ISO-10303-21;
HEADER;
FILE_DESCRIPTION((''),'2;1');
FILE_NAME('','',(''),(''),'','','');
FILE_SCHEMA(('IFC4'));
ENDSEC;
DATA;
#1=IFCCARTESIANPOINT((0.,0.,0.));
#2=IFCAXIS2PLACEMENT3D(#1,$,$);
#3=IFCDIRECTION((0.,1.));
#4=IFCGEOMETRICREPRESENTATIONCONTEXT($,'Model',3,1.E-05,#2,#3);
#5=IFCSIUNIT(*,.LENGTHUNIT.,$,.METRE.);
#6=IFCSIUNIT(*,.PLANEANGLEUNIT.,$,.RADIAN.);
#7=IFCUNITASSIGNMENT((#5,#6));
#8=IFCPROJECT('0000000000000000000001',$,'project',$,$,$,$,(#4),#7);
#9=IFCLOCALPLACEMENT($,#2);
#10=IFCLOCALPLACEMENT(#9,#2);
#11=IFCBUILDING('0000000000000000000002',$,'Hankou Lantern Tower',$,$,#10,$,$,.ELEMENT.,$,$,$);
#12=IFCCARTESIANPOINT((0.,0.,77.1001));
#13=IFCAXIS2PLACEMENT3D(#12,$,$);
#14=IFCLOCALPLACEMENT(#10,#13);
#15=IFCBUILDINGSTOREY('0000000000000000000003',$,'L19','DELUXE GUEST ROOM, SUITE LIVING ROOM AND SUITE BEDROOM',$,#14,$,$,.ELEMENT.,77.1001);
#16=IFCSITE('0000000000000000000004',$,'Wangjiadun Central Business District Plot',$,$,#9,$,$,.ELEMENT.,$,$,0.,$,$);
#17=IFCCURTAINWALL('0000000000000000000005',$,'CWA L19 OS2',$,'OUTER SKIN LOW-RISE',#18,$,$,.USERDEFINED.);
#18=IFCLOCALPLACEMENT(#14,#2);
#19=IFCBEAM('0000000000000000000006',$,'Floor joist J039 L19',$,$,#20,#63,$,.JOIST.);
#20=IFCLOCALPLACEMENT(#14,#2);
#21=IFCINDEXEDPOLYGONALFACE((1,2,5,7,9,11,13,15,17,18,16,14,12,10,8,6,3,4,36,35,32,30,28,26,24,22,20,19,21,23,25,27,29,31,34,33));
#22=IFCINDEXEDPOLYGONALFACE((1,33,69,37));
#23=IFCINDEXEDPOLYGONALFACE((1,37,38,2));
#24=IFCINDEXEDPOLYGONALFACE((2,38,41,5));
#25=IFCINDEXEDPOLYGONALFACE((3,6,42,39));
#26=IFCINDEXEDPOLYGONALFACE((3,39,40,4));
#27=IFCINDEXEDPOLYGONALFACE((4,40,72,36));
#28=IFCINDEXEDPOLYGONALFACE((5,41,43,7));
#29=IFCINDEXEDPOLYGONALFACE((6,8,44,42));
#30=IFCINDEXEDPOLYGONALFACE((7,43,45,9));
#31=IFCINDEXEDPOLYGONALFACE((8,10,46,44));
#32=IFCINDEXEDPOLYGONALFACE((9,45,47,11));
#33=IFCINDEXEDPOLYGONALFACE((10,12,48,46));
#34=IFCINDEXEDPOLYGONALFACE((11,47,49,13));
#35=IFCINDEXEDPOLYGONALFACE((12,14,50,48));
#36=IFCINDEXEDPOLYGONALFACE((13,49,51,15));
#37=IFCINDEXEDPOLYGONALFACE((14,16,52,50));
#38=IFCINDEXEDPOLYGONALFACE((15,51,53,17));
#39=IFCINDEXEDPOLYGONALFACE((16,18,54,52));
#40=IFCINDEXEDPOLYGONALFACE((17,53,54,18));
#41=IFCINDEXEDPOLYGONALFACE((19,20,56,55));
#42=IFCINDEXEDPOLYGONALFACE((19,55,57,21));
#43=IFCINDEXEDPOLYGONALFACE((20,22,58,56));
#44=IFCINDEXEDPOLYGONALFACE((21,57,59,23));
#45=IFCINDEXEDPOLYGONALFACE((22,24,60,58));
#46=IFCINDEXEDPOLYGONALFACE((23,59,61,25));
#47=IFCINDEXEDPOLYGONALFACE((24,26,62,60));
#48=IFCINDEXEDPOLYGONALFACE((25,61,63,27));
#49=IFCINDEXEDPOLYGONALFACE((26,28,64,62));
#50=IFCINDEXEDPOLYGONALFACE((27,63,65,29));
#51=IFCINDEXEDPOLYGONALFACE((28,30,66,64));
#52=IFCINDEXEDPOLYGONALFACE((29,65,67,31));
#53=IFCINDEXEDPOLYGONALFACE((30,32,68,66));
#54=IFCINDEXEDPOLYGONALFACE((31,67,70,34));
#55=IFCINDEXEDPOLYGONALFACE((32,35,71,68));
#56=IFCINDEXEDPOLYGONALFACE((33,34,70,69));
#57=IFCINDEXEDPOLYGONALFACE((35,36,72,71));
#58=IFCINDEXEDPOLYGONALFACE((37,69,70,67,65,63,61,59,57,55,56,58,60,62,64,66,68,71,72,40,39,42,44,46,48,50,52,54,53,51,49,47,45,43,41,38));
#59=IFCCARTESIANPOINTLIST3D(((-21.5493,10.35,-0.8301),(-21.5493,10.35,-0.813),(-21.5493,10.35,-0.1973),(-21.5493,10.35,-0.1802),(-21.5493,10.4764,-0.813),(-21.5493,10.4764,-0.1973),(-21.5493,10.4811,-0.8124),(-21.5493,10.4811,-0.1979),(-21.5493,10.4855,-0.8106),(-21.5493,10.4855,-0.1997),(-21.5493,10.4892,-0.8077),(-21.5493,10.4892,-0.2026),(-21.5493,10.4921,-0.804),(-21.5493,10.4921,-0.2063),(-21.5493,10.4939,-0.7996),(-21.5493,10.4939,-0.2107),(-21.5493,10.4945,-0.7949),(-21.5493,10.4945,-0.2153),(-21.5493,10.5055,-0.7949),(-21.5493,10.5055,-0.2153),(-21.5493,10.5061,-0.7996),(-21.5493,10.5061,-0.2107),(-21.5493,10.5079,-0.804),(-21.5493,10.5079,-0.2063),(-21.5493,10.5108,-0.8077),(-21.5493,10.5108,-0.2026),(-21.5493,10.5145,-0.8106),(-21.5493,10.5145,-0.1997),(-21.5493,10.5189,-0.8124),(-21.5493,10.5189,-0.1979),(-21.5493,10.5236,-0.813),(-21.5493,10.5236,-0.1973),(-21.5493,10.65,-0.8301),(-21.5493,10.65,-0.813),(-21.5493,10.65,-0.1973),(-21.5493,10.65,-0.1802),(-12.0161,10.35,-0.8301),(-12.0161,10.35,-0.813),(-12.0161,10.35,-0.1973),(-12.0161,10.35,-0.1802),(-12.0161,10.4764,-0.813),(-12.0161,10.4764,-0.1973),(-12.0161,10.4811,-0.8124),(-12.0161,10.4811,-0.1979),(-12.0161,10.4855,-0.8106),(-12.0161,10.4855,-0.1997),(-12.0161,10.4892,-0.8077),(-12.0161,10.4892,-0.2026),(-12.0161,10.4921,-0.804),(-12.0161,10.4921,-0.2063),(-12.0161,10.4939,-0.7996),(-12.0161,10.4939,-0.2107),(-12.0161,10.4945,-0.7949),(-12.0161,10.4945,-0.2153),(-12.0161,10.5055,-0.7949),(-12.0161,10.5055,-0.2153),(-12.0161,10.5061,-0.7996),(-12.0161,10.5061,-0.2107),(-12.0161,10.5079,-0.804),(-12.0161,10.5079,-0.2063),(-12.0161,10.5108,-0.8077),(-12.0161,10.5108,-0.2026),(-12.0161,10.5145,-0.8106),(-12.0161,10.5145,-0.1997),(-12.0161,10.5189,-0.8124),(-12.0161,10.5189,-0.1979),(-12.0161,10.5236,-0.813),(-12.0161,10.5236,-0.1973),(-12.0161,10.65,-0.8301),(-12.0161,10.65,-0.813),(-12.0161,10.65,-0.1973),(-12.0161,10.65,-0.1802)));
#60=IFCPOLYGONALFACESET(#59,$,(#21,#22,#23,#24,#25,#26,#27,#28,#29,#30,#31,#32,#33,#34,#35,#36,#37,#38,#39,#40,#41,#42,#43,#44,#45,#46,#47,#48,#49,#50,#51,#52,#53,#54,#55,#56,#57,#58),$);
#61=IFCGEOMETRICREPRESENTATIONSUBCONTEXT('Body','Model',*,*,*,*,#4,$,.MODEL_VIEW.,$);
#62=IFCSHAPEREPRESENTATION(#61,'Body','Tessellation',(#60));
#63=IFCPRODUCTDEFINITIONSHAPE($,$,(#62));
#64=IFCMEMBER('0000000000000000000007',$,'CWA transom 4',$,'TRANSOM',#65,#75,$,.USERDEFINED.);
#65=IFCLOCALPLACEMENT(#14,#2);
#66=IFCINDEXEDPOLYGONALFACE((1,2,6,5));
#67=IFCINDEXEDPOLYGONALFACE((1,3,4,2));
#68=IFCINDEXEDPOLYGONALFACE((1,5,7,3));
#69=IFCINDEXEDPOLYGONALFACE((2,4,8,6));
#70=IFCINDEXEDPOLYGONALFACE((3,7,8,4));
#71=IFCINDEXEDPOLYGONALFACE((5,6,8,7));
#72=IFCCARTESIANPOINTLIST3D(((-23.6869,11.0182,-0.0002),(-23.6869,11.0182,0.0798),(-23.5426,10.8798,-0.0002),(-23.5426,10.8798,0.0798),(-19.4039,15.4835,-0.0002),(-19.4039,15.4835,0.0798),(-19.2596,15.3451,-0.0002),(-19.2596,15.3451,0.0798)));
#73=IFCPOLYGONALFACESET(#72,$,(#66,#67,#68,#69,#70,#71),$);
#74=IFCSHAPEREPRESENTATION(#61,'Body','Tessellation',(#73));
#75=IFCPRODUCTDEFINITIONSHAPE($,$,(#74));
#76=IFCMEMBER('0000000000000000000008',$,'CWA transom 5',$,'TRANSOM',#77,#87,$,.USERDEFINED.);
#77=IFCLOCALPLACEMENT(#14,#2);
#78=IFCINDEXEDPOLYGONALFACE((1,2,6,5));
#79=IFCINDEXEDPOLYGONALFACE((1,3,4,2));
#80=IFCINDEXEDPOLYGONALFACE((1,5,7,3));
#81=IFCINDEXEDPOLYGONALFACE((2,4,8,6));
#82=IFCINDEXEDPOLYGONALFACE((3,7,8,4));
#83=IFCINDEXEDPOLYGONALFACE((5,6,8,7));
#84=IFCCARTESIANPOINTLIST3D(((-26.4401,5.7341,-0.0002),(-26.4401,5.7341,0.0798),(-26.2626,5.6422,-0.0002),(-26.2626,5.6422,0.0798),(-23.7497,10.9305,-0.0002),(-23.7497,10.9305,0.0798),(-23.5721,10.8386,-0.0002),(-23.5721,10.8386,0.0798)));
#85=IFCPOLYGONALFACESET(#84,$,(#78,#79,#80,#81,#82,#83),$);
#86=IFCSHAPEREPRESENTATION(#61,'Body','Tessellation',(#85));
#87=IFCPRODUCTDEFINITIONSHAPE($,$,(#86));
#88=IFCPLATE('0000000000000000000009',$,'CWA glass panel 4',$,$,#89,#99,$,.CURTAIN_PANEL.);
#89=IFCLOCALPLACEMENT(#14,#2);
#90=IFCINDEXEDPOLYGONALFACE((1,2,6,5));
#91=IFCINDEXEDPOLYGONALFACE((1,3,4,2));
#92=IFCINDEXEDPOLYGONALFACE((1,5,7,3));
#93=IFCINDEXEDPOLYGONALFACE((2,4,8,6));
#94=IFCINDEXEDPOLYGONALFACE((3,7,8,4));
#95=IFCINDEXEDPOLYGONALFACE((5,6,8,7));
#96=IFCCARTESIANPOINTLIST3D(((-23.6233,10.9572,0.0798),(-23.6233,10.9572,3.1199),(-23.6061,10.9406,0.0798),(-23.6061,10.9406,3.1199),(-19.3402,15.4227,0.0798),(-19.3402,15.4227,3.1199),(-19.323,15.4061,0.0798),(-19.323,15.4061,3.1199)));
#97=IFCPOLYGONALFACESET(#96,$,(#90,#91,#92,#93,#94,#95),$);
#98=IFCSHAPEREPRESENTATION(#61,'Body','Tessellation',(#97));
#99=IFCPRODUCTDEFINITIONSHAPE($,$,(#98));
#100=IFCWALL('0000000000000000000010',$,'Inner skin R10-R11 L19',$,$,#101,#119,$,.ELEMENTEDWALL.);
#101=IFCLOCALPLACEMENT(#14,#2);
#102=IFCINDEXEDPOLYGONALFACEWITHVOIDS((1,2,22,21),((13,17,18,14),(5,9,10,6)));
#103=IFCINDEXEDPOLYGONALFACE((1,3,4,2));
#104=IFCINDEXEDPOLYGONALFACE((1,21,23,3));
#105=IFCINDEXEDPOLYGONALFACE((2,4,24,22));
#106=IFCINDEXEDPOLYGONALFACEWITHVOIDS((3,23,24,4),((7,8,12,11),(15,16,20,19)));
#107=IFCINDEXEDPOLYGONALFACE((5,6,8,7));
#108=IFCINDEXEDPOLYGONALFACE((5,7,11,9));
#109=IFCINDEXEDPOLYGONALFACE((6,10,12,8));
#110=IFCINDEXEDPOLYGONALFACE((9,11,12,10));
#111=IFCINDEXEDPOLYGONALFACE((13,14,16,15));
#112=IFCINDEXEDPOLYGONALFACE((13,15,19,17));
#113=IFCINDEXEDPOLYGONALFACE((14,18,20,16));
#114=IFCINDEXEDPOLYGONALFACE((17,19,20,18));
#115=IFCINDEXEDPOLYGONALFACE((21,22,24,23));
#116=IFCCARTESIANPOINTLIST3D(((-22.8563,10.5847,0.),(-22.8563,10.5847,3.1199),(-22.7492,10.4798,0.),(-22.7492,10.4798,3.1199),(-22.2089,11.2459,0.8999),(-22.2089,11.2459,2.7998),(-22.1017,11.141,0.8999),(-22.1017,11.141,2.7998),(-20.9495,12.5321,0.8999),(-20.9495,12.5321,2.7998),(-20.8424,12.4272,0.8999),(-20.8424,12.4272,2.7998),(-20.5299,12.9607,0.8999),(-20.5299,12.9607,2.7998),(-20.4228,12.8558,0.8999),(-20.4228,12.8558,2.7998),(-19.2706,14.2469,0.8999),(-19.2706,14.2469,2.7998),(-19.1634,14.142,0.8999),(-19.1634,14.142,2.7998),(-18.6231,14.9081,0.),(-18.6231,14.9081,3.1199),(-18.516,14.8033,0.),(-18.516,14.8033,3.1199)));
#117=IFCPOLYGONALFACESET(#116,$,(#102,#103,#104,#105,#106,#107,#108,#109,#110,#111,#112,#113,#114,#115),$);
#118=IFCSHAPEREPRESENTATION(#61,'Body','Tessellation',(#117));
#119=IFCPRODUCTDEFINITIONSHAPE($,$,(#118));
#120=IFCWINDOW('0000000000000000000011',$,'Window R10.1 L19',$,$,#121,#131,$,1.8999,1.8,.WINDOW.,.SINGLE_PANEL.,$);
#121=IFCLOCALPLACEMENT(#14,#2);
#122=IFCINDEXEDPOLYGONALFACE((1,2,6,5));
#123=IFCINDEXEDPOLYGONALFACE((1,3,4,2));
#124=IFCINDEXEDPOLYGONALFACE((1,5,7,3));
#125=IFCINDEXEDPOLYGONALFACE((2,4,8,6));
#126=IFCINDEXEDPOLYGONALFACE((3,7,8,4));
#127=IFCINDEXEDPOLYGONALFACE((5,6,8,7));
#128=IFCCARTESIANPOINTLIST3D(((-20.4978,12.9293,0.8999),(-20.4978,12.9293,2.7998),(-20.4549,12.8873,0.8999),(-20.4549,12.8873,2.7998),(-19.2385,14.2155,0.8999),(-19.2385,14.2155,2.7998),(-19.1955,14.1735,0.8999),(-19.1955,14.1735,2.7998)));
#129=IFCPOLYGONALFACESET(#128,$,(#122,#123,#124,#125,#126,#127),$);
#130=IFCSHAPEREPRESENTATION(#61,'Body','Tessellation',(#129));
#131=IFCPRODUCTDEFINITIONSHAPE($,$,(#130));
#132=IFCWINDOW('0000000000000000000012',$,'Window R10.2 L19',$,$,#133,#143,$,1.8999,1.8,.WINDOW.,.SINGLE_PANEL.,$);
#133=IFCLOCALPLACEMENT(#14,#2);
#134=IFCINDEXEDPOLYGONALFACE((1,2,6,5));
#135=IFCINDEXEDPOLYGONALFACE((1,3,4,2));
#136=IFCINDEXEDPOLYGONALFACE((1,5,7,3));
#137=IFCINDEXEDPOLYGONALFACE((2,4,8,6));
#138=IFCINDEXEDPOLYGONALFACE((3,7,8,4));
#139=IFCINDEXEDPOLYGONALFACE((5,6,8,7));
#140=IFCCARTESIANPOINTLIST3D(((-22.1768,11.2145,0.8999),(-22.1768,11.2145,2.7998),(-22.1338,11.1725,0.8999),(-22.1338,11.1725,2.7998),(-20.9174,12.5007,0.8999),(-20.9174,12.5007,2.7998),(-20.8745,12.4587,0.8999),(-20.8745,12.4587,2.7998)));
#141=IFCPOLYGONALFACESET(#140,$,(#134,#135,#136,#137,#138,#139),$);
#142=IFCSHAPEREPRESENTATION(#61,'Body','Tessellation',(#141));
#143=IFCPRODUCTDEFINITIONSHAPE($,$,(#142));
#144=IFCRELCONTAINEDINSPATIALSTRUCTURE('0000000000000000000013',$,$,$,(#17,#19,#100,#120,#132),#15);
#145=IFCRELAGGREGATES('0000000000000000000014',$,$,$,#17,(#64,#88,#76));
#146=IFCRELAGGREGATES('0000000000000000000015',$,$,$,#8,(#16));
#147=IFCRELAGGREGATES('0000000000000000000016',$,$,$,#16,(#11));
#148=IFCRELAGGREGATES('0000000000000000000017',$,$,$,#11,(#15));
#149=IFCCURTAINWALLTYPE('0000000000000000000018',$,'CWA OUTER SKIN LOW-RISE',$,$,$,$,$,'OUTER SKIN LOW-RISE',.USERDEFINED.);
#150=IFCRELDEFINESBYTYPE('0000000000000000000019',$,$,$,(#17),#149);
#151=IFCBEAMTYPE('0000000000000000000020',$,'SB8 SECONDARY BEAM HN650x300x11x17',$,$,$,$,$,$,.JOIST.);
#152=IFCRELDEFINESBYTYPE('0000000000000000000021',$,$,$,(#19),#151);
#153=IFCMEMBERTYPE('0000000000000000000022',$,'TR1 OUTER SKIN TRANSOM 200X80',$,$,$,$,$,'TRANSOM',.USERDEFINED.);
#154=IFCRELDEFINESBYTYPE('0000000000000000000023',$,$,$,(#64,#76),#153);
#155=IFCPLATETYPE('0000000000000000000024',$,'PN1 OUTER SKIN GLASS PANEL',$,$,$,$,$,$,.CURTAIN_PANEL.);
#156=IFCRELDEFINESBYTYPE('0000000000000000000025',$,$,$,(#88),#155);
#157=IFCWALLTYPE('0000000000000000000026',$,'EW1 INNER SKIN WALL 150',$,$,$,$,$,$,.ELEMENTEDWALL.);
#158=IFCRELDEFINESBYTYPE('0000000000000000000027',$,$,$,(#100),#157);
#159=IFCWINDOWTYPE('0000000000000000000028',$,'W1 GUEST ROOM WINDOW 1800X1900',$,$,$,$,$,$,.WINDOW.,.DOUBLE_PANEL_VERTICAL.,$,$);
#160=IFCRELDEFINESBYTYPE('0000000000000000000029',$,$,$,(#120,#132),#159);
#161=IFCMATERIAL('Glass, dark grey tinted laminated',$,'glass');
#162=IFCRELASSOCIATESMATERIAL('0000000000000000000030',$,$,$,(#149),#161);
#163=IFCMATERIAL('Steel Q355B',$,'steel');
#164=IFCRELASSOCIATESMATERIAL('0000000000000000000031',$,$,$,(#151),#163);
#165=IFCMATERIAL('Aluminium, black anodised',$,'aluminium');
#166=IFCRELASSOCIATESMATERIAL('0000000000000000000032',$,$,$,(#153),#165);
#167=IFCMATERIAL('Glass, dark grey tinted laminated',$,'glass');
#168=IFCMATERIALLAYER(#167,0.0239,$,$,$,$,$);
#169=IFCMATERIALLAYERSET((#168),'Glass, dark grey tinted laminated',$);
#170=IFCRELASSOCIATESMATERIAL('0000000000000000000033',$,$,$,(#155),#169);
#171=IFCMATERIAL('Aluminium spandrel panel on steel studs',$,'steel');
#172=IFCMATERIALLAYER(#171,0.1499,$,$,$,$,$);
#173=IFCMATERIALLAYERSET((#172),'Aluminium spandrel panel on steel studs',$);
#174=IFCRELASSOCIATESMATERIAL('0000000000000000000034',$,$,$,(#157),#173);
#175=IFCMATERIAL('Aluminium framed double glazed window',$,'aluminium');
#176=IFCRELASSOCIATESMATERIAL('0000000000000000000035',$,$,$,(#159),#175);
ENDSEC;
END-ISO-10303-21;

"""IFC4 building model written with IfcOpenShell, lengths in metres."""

from ifc_helpers import new_model, si_unit, direction, frame, frame_2d, origin, origin_2d, place, context, subcontext, project, spatial, rectangle, i_section, extrude, material, layer, layer_set, material_profile, profile_set, type_object, element, fill, aggregate, save


model = new_model("IFC4")

# Units and contexts
model_context = context("Model", 3, precision=1e-05, world=origin(), true_north=direction((0.0, 1.0)))
body_context = subcontext(model_context, "Body", "Model", "MODEL_VIEW")
ifc_project = project(units=[si_unit("LENGTHUNIT", "METRE"), si_unit("PLANEANGLEUNIT", "RADIAN")], contexts=[model_context])

# Site, building, storey
site_placement = place(None, origin())
site = spatial("IfcSite", under=ifc_project, at=site_placement, Name="Wangjiadun Central Business District Plot", CompositionType="ELEMENT", RefElevation=0.0)
building_placement = place(site_placement, origin())
building = spatial("IfcBuilding", under=site, at=building_placement, Name="Hankou Lantern Tower", CompositionType="ELEMENT")
storey_placement = place(building_placement, frame((0.0, 0.0, 77.1001)))
storey = spatial("IfcBuildingStorey", under=building, at=storey_placement, Name="L19", Description="DELUXE GUEST ROOM, SUITE LIVING ROOM AND SUITE BEDROOM", CompositionType="ELEMENT", Elevation=77.1001)

# Curtain wall
ifc_material_1 = material(Name="Glass, dark grey tinted laminated", Category="glass")
curtain_wall_type = type_object("IfcCurtainWallType", Name="CWA OUTER SKIN LOW-RISE", ElementType="OUTER SKIN LOW-RISE", PredefinedType="USERDEFINED", material=ifc_material_1)
curtain_wall_placement = place(storey_placement, origin())
curtain_wall = element("IfcCurtainWall", 1, at=curtain_wall_placement, inside=storey, type_object=curtain_wall_type, Name="CWA L19 OS2", ObjectType="OUTER SKIN LOW-RISE", PredefinedType="USERDEFINED")

# Beam
ifc_material_2 = material(Name="Steel Q355B", Category="steel")
ifc_material_profile_1 = material_profile(ifc_material_2, i_section(OverallWidth=0.3, OverallDepth=0.6499, WebThickness=0.011, FlangeThickness=0.0171, FilletRadius=0.0181, at=origin_2d()), Name="HN650x300x11x17")
ifc_profile_set_1 = profile_set([ifc_material_profile_1], Name="Steel Q355B")
beam_type_1 = type_object("IfcBeamType", Name="SB8 SECONDARY BEAM HN650x300x11x17", PredefinedType="JOIST", material=ifc_profile_set_1)
beam_1_placement = place(storey_placement, frame((-21.5493, 10.5, -0.5051), z_axis=(1.0, 0.0, 0.0), x_axis=(0.0, 1.0, 0.0)))
element("IfcBeam", 2, at=beam_1_placement, inside=storey, type_object=beam_type_1, Name="Floor joist J039 L19", PredefinedType="JOIST", context=body_context, shape_type="SweptSolid", body=[
    extrude(i_section(OverallWidth=0.3, OverallDepth=0.6499, WebThickness=0.011, FlangeThickness=0.0171, FilletRadius=0.0181, at=origin_2d()), origin(), (0.0, 0.0, 1.0), 9.5332),
])

# Members
ifc_material_3 = material(Name="Aluminium, black anodised", Category="aluminium")
ifc_material_profile_2 = material_profile(ifc_material_3, rectangle(XDim=0.2, YDim=0.0801, at=origin_2d()), Name="TR1 200X80")
ifc_profile_set_2 = profile_set([ifc_material_profile_2], Name="Aluminium, black anodised")
member_type_1 = type_object("IfcMemberType", Name="TR1 OUTER SKIN TRANSOM 200X80", ElementType="TRANSOM", PredefinedType="USERDEFINED", material=ifc_profile_set_2)
member_1_placement = place(storey_placement, frame((-19.3318, 15.4143, 0.0398), z_axis=(-0.692216, -0.721691, 0.0), x_axis=(0.721691, -0.692216, 0.0)))
member_1 = element("IfcMember", 3, at=member_1_placement, type_object=member_type_1, Name="CWA transom 4", ObjectType="TRANSOM", PredefinedType="USERDEFINED", context=body_context, shape_type="SweptSolid", body=[
    extrude(rectangle(XDim=0.2, YDim=0.0801, at=origin_2d()), origin(), (0.0, 0.0, 1.0), 6.1873),
])
member_2_placement = place(storey_placement, frame((-23.6609, 10.8845, 0.0398), z_axis=(-0.459786, -0.88803, 0.0), x_axis=(0.88803, -0.459786, 0.0)))
member_2 = element("IfcMember", 4, at=member_2_placement, type_object=member_type_1, Name="CWA transom 5", ObjectType="TRANSOM", PredefinedType="USERDEFINED", context=body_context, shape_type="SweptSolid", body=[
    extrude(rectangle(XDim=0.2, YDim=0.0801, at=origin_2d()), origin(), (0.0, 0.0, 1.0), 5.8516),
])

# Plate
ifc_material_4 = material(Name="Glass, dark grey tinted laminated", Category="glass")
ifc_layer_1 = layer(ifc_material_4, 0.0239)
ifc_layer_set_1 = layer_set([ifc_layer_1], Name="Glass, dark grey tinted laminated")
plate_type = type_object("IfcPlateType", Name="PN1 OUTER SKIN GLASS PANEL", PredefinedType="CURTAIN_PANEL", material=ifc_layer_set_1)
plate_placement = place(storey_placement, frame((-21.4731, 13.1816, 0.0798), z_axis=(0.0, 0.0, 1.0), x_axis=(-0.692216, -0.721691, 0.0)))
plate = element("IfcPlate", 5, at=plate_placement, type_object=plate_type, Name="CWA glass panel 4", PredefinedType="CURTAIN_PANEL", context=body_context, shape_type="SweptSolid", body=[
    extrude(rectangle(XDim=6.1875, YDim=0.0239, at=origin_2d()), origin(), (0.0, 0.0, 1.0), 3.04),
])
aggregate(curtain_wall, [member_1, plate, member_2])

# Wall, openings, windows
ifc_material_5 = material(Name="Aluminium spandrel panel on steel studs", Category="steel")
ifc_layer_2 = layer(ifc_material_5, 0.1499)
ifc_layer_set_2 = layer_set([ifc_layer_2], Name="Aluminium spandrel panel on steel studs")
wall_type_1 = type_object("IfcWallType", Name="EW1 INNER SKIN WALL 150", PredefinedType="ELEMENTEDWALL", material=ifc_layer_set_2)
wall_1_placement = place(storey_placement, frame((-18.5696, 14.8557, 0.0), z_axis=(0.0, 0.0, 1.0), x_axis=(-0.699603, -0.714532, 0.0)))
wall_1 = element("IfcWall", 6, at=wall_1_placement, inside=storey, type_object=wall_type_1, Name="Inner skin R10-R11 L19", PredefinedType="ELEMENTEDWALL", context=body_context, shape_type="SweptSolid", body=[
    extrude(rectangle(XDim=6.0508, YDim=0.1499, at=frame_2d((3.0254, 0.0))), origin(), (0.0, 0.0, 1.0), 3.1199),
])
opening_1_placement = place(wall_1_placement, frame((0.9255, 0.0, 0.8999)))
opening_1 = element("IfcOpeningElement", 7, at=opening_1_placement, cuts=wall_1, PredefinedType="OPENING", context=body_context, shape_type="SweptSolid", body=[
    extrude(rectangle(XDim=1.8, YDim=1.8999, at=frame_2d((0.8999, 0.95))), frame((0.0, 0.085, 0.0), z_axis=(0.0, -1.0, 0.0), x_axis=(1.0, 0.0, 0.0)), (0.0, 0.0, 1.0), 0.1699),
])
opening_2_placement = place(wall_1_placement, frame((3.3254, 0.0, 0.8999)))
opening_2 = element("IfcOpeningElement", 8, at=opening_2_placement, cuts=wall_1, PredefinedType="OPENING", context=body_context, shape_type="SweptSolid", body=[
    extrude(rectangle(XDim=1.8, YDim=1.8999, at=frame_2d((0.8999, 0.95))), frame((0.0, 0.085, 0.0), z_axis=(0.0, -1.0, 0.0), x_axis=(1.0, 0.0, 0.0)), (0.0, 0.0, 1.0), 0.1699),
])
ifc_material_6 = material(Name="Aluminium framed double glazed window", Category="aluminium")
window_type = type_object("IfcWindowType", Name="W1 GUEST ROOM WINDOW 1800X1900", PartitioningType="DOUBLE_PANEL_VERTICAL", PredefinedType="WINDOW", material=ifc_material_6)
window_1_placement = place(opening_1_placement, origin())
window_1 = element("IfcWindow", 9, at=window_1_placement, inside=storey, type_object=window_type, Name="Window R10.1 L19", OverallHeight=1.8999, OverallWidth=1.8, PartitioningType="SINGLE_PANEL", PredefinedType="WINDOW", context=body_context, shape_type="SweptSolid", body=[
    extrude(rectangle(XDim=1.8, YDim=1.8999, at=frame_2d((0.8999, 0.95))), frame((0.0, 0.03, 0.0), z_axis=(0.0, -1.0, 0.0), x_axis=(1.0, 0.0, 0.0)), (0.0, 0.0, 1.0), 0.0601),
])
fill(opening_1, window_1)
window_2_placement = place(opening_2_placement, origin())
window_2 = element("IfcWindow", 10, at=window_2_placement, inside=storey, type_object=window_type, Name="Window R10.2 L19", OverallHeight=1.8999, OverallWidth=1.8, PartitioningType="SINGLE_PANEL", PredefinedType="WINDOW", context=body_context, shape_type="SweptSolid", body=[
    extrude(rectangle(XDim=1.8, YDim=1.8999, at=frame_2d((0.8999, 0.95))), frame((0.0, 0.03, 0.0), z_axis=(0.0, -1.0, 0.0), x_axis=(1.0, 0.0, 0.0)), (0.0, 0.0, 1.0), 0.0601),
])
fill(opening_2, window_2)

save(model, "model.ifc")
